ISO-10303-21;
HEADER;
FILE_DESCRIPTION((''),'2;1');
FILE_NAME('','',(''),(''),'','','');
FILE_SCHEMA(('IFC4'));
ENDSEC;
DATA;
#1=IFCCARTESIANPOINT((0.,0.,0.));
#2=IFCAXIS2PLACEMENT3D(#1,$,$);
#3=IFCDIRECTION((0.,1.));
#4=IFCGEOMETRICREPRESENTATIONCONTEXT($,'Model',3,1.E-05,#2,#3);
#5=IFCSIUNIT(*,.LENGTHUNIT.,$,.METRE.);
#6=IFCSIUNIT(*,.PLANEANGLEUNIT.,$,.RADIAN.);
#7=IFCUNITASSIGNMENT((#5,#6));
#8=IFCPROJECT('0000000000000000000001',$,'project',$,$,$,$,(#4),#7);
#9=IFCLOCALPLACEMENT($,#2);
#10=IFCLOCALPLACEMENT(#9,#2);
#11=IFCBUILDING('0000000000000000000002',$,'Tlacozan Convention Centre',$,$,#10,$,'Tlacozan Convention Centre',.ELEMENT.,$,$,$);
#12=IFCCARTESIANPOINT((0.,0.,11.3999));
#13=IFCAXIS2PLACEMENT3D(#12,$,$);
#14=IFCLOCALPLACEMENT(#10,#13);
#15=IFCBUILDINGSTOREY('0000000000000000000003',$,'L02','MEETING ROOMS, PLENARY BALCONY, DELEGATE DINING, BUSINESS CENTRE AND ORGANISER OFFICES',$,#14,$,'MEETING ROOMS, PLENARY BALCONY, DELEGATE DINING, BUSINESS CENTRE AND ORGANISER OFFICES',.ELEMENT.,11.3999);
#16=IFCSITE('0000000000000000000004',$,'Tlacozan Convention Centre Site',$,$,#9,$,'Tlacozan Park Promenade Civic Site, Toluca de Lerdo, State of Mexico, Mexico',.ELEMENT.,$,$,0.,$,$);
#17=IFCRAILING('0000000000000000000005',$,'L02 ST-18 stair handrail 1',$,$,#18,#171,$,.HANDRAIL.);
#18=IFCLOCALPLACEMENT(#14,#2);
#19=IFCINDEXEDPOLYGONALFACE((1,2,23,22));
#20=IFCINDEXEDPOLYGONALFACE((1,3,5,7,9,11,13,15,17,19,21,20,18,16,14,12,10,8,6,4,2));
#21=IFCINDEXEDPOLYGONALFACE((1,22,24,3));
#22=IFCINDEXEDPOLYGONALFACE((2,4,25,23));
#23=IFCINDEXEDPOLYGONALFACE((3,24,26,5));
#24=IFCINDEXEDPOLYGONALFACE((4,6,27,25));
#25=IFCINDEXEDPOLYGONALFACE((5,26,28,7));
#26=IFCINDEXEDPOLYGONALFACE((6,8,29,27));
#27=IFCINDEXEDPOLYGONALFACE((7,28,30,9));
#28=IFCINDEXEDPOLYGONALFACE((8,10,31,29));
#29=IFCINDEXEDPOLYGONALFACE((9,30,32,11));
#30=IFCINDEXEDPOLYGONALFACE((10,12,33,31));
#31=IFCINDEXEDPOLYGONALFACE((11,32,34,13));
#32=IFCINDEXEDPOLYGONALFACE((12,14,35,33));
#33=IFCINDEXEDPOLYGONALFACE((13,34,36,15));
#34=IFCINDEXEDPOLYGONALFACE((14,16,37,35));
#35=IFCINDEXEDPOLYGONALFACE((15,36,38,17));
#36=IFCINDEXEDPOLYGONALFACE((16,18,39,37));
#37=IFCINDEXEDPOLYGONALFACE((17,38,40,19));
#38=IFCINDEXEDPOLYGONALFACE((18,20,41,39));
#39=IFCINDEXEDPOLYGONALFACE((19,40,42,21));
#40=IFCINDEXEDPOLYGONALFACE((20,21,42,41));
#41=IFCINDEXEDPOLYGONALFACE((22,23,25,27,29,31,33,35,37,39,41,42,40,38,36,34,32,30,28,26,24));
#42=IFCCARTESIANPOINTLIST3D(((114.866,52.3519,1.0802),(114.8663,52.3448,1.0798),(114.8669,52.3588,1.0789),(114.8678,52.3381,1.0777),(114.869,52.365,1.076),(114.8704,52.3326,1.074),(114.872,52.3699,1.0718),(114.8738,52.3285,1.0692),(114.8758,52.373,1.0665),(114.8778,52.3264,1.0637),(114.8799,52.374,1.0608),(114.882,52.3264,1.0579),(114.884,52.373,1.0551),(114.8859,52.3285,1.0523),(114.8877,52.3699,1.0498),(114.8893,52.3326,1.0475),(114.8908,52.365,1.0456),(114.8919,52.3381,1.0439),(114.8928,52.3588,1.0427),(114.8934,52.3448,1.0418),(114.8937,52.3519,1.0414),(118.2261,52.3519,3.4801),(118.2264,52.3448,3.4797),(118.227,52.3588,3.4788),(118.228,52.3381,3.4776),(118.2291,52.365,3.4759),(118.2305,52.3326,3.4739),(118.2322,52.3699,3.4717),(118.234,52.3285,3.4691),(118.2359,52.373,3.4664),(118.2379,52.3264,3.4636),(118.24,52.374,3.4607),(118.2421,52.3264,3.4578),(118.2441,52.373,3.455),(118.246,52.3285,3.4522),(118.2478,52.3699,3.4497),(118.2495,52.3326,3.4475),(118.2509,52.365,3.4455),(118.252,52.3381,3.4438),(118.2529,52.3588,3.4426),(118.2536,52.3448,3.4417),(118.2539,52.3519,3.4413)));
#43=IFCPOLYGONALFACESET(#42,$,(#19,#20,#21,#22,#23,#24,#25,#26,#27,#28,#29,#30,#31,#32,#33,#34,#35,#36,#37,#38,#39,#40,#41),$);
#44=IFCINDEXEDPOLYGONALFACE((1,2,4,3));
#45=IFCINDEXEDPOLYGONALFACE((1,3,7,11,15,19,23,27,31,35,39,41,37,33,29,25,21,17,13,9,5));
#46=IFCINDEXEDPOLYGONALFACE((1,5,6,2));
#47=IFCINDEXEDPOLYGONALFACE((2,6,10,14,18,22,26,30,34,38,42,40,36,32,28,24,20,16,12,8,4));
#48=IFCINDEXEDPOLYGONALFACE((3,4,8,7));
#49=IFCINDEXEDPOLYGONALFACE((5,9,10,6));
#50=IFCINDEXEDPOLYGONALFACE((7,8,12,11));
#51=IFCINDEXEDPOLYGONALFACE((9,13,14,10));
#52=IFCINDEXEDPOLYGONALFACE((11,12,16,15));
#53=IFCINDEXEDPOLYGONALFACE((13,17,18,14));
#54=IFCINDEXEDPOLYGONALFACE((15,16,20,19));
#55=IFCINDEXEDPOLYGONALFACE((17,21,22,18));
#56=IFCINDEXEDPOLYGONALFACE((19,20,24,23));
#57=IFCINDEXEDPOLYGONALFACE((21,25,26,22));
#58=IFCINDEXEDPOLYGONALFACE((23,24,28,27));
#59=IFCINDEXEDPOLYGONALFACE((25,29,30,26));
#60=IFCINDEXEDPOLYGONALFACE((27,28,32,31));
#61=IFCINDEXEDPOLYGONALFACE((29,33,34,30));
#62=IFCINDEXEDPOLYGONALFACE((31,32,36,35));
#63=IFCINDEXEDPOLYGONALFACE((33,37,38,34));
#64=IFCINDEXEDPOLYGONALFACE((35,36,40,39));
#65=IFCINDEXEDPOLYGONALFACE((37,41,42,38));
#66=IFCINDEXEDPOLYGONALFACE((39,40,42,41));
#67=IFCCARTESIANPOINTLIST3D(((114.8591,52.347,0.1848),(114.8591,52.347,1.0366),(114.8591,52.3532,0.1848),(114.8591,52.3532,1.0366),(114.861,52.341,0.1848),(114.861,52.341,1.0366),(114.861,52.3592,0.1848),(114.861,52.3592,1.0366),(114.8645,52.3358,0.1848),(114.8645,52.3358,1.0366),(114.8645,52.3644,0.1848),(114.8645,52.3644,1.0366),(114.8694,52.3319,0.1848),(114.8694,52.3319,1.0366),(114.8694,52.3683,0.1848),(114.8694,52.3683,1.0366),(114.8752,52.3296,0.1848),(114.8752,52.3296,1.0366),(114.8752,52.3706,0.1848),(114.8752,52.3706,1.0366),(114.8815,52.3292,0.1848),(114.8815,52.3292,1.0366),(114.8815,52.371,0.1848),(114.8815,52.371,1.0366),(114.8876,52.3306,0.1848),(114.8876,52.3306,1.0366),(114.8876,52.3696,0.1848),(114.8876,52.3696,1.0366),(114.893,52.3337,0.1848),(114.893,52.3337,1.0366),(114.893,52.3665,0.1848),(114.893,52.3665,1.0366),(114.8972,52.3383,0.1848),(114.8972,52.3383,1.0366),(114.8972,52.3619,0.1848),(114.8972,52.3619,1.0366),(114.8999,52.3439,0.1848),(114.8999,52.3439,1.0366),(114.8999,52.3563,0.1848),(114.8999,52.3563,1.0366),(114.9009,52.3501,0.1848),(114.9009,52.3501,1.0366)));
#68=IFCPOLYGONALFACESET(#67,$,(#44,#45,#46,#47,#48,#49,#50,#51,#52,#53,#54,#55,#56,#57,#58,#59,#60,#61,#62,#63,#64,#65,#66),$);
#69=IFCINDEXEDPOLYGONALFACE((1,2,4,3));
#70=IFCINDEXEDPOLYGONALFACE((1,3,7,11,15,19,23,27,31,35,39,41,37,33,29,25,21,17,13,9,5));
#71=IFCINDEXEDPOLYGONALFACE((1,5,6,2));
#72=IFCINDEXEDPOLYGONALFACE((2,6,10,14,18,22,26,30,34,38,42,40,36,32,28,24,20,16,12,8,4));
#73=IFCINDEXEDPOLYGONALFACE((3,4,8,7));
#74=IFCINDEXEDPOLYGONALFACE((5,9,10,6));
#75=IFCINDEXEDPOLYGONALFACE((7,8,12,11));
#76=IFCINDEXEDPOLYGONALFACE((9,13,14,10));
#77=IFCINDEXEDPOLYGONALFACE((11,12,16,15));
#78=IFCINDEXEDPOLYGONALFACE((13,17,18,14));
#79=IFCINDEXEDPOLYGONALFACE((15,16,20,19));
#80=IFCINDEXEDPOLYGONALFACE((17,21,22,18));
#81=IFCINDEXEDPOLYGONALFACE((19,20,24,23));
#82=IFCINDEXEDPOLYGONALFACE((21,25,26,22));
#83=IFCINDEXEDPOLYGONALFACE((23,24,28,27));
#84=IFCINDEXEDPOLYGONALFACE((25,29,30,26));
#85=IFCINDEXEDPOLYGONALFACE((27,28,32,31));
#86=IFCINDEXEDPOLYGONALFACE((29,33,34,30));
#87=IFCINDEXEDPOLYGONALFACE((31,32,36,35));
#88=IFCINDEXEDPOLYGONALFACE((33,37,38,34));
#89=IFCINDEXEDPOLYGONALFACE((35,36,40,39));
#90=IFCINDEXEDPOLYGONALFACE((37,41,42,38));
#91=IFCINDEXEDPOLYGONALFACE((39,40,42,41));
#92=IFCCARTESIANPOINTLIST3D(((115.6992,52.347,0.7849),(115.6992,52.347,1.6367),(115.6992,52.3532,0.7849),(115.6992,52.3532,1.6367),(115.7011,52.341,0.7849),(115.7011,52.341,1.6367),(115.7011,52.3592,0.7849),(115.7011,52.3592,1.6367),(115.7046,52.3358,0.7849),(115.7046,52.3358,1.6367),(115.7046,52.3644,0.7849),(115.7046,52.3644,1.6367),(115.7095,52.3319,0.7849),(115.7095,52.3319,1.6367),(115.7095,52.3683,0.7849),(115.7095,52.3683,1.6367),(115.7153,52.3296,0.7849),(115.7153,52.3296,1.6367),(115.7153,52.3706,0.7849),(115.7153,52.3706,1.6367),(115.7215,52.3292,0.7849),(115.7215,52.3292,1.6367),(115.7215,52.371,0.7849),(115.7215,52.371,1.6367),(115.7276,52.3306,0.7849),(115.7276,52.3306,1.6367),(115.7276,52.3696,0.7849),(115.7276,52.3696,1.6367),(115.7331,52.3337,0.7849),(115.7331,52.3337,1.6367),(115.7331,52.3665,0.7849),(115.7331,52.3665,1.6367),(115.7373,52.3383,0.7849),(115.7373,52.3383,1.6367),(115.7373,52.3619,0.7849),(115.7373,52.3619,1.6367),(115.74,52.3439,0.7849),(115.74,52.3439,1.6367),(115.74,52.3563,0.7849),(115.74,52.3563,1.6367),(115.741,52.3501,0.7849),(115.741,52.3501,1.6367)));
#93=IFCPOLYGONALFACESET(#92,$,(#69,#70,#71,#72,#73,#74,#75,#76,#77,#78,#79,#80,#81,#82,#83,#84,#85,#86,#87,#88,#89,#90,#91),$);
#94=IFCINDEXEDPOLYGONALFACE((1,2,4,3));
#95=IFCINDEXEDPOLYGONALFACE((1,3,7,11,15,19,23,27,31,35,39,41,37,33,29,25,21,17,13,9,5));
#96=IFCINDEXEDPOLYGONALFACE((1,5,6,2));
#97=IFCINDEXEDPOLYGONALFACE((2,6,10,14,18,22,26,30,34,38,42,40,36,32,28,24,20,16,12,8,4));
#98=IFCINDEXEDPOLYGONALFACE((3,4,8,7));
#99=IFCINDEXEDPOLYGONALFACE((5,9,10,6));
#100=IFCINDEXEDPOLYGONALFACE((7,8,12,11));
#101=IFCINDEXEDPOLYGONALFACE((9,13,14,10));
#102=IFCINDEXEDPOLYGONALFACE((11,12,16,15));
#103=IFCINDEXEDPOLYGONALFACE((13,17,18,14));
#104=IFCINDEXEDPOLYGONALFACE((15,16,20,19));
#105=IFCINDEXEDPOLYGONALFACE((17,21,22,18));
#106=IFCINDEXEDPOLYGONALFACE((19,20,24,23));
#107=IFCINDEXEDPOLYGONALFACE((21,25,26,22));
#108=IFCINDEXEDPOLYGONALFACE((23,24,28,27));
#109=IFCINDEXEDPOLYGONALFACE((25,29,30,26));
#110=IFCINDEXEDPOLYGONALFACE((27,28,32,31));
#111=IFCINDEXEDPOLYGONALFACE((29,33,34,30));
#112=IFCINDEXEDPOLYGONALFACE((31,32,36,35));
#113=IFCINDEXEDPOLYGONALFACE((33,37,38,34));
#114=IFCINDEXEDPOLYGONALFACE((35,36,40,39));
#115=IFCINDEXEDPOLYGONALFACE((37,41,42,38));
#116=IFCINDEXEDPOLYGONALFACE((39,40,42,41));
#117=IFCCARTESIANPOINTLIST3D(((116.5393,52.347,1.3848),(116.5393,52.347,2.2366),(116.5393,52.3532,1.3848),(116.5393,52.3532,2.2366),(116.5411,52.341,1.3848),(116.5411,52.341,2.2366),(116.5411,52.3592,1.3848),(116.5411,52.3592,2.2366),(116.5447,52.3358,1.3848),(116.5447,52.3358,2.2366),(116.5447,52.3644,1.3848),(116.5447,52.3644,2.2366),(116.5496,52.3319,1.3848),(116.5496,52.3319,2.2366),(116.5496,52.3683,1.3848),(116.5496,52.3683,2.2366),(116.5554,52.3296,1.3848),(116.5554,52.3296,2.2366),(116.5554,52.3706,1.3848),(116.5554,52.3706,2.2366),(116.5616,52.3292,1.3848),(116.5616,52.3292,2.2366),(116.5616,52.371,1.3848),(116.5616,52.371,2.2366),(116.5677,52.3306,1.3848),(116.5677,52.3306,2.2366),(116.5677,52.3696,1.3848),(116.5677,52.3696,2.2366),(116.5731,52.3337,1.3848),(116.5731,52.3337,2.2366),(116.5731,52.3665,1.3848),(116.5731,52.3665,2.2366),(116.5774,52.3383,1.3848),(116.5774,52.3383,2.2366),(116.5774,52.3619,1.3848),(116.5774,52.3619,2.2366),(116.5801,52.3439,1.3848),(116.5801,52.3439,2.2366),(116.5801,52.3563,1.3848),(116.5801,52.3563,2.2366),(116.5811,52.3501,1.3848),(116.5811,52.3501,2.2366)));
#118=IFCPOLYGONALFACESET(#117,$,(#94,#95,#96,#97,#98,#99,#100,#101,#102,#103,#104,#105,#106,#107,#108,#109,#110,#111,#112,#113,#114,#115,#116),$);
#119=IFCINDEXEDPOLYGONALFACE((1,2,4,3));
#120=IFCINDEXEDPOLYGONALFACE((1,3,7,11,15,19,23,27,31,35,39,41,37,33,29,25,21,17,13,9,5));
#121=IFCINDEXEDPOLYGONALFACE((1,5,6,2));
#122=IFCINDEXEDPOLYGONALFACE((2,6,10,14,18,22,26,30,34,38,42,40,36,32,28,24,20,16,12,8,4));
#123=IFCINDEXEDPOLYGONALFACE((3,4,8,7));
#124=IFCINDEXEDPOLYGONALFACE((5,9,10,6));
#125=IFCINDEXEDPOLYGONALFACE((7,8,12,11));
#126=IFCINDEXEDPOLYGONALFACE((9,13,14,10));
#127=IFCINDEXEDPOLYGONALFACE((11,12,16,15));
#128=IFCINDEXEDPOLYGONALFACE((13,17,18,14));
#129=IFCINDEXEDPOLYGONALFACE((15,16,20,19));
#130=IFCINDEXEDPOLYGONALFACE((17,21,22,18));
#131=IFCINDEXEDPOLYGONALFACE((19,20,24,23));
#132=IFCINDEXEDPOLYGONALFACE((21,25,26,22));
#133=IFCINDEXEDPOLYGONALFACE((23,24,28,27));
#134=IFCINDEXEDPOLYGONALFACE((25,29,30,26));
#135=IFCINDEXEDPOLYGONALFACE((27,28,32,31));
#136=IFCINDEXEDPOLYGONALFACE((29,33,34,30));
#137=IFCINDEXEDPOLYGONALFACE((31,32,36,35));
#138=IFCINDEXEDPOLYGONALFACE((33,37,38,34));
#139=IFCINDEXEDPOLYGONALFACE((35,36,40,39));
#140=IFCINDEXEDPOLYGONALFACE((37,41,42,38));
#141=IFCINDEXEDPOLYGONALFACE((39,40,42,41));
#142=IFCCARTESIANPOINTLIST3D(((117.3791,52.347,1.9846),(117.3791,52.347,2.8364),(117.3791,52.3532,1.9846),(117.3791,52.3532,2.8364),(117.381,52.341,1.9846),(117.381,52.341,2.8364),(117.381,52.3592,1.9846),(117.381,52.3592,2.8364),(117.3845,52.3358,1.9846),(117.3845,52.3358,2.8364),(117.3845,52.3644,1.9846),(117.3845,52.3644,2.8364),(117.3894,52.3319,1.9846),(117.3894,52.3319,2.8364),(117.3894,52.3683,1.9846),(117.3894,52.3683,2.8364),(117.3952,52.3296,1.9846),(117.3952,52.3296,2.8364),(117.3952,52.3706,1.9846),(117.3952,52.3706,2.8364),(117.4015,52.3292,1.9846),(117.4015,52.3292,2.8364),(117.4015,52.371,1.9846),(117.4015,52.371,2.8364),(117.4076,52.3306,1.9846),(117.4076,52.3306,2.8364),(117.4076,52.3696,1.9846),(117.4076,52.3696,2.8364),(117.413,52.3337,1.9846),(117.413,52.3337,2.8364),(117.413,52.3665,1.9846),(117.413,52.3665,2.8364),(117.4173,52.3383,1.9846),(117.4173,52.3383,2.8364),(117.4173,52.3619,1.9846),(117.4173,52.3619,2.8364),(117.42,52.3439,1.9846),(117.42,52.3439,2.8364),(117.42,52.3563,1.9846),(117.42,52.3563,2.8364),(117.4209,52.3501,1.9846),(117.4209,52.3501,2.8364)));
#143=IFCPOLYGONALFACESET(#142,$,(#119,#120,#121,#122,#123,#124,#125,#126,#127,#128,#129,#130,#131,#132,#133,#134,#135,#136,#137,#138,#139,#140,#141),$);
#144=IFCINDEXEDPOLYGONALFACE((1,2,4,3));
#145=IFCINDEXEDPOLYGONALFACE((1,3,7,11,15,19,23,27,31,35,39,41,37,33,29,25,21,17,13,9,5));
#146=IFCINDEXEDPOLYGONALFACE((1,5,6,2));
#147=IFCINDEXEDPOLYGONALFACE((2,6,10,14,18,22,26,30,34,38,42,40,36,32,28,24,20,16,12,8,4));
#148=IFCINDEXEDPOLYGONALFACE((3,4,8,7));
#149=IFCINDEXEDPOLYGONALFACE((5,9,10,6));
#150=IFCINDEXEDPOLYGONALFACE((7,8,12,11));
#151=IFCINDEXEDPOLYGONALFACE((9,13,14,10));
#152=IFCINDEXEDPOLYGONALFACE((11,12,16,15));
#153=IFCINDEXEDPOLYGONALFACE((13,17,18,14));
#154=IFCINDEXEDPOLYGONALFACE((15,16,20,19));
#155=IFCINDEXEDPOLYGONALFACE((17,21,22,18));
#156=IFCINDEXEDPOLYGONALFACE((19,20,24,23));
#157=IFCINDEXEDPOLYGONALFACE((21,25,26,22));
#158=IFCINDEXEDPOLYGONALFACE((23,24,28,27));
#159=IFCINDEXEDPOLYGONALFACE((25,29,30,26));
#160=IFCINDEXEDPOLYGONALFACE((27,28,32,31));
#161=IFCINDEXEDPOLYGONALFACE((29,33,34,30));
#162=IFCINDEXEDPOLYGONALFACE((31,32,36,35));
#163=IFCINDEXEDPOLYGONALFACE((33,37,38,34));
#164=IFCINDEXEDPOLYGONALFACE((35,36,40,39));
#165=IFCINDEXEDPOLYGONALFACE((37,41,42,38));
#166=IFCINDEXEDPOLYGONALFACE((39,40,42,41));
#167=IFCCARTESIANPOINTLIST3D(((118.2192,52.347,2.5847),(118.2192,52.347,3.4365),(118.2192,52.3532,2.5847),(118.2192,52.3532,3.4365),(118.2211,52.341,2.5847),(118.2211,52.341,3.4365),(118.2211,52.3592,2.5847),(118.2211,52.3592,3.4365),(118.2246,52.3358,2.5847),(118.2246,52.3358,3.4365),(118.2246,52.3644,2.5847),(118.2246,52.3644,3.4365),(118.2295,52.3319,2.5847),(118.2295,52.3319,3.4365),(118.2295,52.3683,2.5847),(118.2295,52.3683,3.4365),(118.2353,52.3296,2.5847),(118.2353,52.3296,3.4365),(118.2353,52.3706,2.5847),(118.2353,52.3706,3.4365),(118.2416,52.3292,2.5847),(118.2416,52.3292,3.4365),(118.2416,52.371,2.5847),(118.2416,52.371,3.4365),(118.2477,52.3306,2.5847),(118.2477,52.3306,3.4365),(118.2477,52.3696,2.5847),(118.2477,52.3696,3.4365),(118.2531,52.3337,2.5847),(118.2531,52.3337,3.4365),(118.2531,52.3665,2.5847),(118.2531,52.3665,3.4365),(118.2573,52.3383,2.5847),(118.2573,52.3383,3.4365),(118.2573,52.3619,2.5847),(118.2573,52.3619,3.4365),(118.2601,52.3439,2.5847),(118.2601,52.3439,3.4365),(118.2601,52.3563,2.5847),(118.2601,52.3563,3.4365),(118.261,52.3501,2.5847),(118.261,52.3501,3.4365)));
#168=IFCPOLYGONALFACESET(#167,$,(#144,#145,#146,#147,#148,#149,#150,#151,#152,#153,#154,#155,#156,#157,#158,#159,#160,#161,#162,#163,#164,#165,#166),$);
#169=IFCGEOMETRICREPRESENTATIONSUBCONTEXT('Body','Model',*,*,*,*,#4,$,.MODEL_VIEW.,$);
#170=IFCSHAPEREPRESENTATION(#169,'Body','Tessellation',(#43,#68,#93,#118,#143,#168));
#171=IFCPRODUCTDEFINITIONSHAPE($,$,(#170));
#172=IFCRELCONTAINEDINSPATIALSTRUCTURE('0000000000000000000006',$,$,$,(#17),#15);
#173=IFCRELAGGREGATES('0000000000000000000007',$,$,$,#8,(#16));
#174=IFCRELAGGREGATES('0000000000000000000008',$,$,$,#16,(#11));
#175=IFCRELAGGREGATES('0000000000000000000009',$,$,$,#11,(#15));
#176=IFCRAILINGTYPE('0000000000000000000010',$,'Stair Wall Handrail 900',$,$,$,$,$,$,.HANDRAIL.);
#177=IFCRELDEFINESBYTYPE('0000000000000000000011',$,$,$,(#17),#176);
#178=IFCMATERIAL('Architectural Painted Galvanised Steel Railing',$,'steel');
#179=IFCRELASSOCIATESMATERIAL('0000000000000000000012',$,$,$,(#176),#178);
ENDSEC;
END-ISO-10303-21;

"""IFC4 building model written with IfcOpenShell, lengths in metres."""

from ifc_helpers import new_model, si_unit, direction, frame, origin, origin_2d, place, context, subcontext, project, spatial, circle, extrude, material, type_object, element, save


model = new_model("IFC4")

# Units and contexts
model_context = context("Model", 3, precision=1e-05, world=origin(), true_north=direction((0.0, 1.0)))
body_context = subcontext(model_context, "Body", "Model", "MODEL_VIEW")
ifc_project = project(units=[si_unit("LENGTHUNIT", "METRE"), si_unit("PLANEANGLEUNIT", "RADIAN")], contexts=[model_context])

# Site, building, storey
site_placement = place(None, origin())
site = spatial("IfcSite", under=ifc_project, at=site_placement, Name="Tlacozan Convention Centre Site", LongName="Tlacozan Park Promenade Civic Site, Toluca de Lerdo, State of Mexico, Mexico", CompositionType="ELEMENT", RefElevation=0.0)
building_placement = place(site_placement, origin())
building = spatial("IfcBuilding", under=site, at=building_placement, Name="Tlacozan Convention Centre", LongName="Tlacozan Convention Centre", CompositionType="ELEMENT")
storey_placement = place(building_placement, frame((0.0, 0.0, 11.3999)))
storey = spatial("IfcBuildingStorey", under=building, at=storey_placement, Name="L02", Description="MEETING ROOMS, PLENARY BALCONY, DELEGATE DINING, BUSINESS CENTRE AND ORGANISER OFFICES", LongName="MEETING ROOMS, PLENARY BALCONY, DELEGATE DINING, BUSINESS CENTRE AND ORGANISER OFFICES", CompositionType="ELEMENT", Elevation=11.3999)

# Railing
ifc_material_1 = material(Name="Architectural Painted Galvanised Steel Railing", Category="steel")
railing_type_1 = type_object("IfcRailingType", Name="Stair Wall Handrail 900", PredefinedType="HANDRAIL", material=ifc_material_1)
railing_1_placement = place(storey_placement, frame((114.8799, 52.3501, 0.1848)))
element("IfcRailing", 1, at=railing_1_placement, inside=storey, type_object=railing_type_1, Name="L02 ST-18 stair handrail 1", PredefinedType="HANDRAIL", context=body_context, shape_type="SweptSolid", body=[
    extrude(circle(Radius=0.0239, at=origin_2d()), frame((0.0, 0.0, 0.876), z_axis=(0.813753, 0.0, 0.58121), x_axis=(0.0, 1.0, 0.0)), (0.0, 0.0, 1.0), 4.1292),
    extrude(circle(Radius=0.021, at=origin_2d()), origin(), (0.0, 0.0, 1.0), 0.8518),
    extrude(circle(Radius=0.021, at=origin_2d()), frame((0.8401, 0.0, 0.6001)), (0.0, 0.0, 1.0), 0.8518),
    extrude(circle(Radius=0.021, at=origin_2d()), frame((1.6802, 0.0, 1.2)), (0.0, 0.0, 1.0), 0.8518),
    extrude(circle(Radius=0.021, at=origin_2d()), frame((2.52, 0.0, 1.7998)), (0.0, 0.0, 1.0), 0.8518),
    extrude(circle(Radius=0.021, at=origin_2d()), frame((3.3601, 0.0, 2.3999)), (0.0, 0.0, 1.0), 0.8518),
])

save(model, "model.ifc")
